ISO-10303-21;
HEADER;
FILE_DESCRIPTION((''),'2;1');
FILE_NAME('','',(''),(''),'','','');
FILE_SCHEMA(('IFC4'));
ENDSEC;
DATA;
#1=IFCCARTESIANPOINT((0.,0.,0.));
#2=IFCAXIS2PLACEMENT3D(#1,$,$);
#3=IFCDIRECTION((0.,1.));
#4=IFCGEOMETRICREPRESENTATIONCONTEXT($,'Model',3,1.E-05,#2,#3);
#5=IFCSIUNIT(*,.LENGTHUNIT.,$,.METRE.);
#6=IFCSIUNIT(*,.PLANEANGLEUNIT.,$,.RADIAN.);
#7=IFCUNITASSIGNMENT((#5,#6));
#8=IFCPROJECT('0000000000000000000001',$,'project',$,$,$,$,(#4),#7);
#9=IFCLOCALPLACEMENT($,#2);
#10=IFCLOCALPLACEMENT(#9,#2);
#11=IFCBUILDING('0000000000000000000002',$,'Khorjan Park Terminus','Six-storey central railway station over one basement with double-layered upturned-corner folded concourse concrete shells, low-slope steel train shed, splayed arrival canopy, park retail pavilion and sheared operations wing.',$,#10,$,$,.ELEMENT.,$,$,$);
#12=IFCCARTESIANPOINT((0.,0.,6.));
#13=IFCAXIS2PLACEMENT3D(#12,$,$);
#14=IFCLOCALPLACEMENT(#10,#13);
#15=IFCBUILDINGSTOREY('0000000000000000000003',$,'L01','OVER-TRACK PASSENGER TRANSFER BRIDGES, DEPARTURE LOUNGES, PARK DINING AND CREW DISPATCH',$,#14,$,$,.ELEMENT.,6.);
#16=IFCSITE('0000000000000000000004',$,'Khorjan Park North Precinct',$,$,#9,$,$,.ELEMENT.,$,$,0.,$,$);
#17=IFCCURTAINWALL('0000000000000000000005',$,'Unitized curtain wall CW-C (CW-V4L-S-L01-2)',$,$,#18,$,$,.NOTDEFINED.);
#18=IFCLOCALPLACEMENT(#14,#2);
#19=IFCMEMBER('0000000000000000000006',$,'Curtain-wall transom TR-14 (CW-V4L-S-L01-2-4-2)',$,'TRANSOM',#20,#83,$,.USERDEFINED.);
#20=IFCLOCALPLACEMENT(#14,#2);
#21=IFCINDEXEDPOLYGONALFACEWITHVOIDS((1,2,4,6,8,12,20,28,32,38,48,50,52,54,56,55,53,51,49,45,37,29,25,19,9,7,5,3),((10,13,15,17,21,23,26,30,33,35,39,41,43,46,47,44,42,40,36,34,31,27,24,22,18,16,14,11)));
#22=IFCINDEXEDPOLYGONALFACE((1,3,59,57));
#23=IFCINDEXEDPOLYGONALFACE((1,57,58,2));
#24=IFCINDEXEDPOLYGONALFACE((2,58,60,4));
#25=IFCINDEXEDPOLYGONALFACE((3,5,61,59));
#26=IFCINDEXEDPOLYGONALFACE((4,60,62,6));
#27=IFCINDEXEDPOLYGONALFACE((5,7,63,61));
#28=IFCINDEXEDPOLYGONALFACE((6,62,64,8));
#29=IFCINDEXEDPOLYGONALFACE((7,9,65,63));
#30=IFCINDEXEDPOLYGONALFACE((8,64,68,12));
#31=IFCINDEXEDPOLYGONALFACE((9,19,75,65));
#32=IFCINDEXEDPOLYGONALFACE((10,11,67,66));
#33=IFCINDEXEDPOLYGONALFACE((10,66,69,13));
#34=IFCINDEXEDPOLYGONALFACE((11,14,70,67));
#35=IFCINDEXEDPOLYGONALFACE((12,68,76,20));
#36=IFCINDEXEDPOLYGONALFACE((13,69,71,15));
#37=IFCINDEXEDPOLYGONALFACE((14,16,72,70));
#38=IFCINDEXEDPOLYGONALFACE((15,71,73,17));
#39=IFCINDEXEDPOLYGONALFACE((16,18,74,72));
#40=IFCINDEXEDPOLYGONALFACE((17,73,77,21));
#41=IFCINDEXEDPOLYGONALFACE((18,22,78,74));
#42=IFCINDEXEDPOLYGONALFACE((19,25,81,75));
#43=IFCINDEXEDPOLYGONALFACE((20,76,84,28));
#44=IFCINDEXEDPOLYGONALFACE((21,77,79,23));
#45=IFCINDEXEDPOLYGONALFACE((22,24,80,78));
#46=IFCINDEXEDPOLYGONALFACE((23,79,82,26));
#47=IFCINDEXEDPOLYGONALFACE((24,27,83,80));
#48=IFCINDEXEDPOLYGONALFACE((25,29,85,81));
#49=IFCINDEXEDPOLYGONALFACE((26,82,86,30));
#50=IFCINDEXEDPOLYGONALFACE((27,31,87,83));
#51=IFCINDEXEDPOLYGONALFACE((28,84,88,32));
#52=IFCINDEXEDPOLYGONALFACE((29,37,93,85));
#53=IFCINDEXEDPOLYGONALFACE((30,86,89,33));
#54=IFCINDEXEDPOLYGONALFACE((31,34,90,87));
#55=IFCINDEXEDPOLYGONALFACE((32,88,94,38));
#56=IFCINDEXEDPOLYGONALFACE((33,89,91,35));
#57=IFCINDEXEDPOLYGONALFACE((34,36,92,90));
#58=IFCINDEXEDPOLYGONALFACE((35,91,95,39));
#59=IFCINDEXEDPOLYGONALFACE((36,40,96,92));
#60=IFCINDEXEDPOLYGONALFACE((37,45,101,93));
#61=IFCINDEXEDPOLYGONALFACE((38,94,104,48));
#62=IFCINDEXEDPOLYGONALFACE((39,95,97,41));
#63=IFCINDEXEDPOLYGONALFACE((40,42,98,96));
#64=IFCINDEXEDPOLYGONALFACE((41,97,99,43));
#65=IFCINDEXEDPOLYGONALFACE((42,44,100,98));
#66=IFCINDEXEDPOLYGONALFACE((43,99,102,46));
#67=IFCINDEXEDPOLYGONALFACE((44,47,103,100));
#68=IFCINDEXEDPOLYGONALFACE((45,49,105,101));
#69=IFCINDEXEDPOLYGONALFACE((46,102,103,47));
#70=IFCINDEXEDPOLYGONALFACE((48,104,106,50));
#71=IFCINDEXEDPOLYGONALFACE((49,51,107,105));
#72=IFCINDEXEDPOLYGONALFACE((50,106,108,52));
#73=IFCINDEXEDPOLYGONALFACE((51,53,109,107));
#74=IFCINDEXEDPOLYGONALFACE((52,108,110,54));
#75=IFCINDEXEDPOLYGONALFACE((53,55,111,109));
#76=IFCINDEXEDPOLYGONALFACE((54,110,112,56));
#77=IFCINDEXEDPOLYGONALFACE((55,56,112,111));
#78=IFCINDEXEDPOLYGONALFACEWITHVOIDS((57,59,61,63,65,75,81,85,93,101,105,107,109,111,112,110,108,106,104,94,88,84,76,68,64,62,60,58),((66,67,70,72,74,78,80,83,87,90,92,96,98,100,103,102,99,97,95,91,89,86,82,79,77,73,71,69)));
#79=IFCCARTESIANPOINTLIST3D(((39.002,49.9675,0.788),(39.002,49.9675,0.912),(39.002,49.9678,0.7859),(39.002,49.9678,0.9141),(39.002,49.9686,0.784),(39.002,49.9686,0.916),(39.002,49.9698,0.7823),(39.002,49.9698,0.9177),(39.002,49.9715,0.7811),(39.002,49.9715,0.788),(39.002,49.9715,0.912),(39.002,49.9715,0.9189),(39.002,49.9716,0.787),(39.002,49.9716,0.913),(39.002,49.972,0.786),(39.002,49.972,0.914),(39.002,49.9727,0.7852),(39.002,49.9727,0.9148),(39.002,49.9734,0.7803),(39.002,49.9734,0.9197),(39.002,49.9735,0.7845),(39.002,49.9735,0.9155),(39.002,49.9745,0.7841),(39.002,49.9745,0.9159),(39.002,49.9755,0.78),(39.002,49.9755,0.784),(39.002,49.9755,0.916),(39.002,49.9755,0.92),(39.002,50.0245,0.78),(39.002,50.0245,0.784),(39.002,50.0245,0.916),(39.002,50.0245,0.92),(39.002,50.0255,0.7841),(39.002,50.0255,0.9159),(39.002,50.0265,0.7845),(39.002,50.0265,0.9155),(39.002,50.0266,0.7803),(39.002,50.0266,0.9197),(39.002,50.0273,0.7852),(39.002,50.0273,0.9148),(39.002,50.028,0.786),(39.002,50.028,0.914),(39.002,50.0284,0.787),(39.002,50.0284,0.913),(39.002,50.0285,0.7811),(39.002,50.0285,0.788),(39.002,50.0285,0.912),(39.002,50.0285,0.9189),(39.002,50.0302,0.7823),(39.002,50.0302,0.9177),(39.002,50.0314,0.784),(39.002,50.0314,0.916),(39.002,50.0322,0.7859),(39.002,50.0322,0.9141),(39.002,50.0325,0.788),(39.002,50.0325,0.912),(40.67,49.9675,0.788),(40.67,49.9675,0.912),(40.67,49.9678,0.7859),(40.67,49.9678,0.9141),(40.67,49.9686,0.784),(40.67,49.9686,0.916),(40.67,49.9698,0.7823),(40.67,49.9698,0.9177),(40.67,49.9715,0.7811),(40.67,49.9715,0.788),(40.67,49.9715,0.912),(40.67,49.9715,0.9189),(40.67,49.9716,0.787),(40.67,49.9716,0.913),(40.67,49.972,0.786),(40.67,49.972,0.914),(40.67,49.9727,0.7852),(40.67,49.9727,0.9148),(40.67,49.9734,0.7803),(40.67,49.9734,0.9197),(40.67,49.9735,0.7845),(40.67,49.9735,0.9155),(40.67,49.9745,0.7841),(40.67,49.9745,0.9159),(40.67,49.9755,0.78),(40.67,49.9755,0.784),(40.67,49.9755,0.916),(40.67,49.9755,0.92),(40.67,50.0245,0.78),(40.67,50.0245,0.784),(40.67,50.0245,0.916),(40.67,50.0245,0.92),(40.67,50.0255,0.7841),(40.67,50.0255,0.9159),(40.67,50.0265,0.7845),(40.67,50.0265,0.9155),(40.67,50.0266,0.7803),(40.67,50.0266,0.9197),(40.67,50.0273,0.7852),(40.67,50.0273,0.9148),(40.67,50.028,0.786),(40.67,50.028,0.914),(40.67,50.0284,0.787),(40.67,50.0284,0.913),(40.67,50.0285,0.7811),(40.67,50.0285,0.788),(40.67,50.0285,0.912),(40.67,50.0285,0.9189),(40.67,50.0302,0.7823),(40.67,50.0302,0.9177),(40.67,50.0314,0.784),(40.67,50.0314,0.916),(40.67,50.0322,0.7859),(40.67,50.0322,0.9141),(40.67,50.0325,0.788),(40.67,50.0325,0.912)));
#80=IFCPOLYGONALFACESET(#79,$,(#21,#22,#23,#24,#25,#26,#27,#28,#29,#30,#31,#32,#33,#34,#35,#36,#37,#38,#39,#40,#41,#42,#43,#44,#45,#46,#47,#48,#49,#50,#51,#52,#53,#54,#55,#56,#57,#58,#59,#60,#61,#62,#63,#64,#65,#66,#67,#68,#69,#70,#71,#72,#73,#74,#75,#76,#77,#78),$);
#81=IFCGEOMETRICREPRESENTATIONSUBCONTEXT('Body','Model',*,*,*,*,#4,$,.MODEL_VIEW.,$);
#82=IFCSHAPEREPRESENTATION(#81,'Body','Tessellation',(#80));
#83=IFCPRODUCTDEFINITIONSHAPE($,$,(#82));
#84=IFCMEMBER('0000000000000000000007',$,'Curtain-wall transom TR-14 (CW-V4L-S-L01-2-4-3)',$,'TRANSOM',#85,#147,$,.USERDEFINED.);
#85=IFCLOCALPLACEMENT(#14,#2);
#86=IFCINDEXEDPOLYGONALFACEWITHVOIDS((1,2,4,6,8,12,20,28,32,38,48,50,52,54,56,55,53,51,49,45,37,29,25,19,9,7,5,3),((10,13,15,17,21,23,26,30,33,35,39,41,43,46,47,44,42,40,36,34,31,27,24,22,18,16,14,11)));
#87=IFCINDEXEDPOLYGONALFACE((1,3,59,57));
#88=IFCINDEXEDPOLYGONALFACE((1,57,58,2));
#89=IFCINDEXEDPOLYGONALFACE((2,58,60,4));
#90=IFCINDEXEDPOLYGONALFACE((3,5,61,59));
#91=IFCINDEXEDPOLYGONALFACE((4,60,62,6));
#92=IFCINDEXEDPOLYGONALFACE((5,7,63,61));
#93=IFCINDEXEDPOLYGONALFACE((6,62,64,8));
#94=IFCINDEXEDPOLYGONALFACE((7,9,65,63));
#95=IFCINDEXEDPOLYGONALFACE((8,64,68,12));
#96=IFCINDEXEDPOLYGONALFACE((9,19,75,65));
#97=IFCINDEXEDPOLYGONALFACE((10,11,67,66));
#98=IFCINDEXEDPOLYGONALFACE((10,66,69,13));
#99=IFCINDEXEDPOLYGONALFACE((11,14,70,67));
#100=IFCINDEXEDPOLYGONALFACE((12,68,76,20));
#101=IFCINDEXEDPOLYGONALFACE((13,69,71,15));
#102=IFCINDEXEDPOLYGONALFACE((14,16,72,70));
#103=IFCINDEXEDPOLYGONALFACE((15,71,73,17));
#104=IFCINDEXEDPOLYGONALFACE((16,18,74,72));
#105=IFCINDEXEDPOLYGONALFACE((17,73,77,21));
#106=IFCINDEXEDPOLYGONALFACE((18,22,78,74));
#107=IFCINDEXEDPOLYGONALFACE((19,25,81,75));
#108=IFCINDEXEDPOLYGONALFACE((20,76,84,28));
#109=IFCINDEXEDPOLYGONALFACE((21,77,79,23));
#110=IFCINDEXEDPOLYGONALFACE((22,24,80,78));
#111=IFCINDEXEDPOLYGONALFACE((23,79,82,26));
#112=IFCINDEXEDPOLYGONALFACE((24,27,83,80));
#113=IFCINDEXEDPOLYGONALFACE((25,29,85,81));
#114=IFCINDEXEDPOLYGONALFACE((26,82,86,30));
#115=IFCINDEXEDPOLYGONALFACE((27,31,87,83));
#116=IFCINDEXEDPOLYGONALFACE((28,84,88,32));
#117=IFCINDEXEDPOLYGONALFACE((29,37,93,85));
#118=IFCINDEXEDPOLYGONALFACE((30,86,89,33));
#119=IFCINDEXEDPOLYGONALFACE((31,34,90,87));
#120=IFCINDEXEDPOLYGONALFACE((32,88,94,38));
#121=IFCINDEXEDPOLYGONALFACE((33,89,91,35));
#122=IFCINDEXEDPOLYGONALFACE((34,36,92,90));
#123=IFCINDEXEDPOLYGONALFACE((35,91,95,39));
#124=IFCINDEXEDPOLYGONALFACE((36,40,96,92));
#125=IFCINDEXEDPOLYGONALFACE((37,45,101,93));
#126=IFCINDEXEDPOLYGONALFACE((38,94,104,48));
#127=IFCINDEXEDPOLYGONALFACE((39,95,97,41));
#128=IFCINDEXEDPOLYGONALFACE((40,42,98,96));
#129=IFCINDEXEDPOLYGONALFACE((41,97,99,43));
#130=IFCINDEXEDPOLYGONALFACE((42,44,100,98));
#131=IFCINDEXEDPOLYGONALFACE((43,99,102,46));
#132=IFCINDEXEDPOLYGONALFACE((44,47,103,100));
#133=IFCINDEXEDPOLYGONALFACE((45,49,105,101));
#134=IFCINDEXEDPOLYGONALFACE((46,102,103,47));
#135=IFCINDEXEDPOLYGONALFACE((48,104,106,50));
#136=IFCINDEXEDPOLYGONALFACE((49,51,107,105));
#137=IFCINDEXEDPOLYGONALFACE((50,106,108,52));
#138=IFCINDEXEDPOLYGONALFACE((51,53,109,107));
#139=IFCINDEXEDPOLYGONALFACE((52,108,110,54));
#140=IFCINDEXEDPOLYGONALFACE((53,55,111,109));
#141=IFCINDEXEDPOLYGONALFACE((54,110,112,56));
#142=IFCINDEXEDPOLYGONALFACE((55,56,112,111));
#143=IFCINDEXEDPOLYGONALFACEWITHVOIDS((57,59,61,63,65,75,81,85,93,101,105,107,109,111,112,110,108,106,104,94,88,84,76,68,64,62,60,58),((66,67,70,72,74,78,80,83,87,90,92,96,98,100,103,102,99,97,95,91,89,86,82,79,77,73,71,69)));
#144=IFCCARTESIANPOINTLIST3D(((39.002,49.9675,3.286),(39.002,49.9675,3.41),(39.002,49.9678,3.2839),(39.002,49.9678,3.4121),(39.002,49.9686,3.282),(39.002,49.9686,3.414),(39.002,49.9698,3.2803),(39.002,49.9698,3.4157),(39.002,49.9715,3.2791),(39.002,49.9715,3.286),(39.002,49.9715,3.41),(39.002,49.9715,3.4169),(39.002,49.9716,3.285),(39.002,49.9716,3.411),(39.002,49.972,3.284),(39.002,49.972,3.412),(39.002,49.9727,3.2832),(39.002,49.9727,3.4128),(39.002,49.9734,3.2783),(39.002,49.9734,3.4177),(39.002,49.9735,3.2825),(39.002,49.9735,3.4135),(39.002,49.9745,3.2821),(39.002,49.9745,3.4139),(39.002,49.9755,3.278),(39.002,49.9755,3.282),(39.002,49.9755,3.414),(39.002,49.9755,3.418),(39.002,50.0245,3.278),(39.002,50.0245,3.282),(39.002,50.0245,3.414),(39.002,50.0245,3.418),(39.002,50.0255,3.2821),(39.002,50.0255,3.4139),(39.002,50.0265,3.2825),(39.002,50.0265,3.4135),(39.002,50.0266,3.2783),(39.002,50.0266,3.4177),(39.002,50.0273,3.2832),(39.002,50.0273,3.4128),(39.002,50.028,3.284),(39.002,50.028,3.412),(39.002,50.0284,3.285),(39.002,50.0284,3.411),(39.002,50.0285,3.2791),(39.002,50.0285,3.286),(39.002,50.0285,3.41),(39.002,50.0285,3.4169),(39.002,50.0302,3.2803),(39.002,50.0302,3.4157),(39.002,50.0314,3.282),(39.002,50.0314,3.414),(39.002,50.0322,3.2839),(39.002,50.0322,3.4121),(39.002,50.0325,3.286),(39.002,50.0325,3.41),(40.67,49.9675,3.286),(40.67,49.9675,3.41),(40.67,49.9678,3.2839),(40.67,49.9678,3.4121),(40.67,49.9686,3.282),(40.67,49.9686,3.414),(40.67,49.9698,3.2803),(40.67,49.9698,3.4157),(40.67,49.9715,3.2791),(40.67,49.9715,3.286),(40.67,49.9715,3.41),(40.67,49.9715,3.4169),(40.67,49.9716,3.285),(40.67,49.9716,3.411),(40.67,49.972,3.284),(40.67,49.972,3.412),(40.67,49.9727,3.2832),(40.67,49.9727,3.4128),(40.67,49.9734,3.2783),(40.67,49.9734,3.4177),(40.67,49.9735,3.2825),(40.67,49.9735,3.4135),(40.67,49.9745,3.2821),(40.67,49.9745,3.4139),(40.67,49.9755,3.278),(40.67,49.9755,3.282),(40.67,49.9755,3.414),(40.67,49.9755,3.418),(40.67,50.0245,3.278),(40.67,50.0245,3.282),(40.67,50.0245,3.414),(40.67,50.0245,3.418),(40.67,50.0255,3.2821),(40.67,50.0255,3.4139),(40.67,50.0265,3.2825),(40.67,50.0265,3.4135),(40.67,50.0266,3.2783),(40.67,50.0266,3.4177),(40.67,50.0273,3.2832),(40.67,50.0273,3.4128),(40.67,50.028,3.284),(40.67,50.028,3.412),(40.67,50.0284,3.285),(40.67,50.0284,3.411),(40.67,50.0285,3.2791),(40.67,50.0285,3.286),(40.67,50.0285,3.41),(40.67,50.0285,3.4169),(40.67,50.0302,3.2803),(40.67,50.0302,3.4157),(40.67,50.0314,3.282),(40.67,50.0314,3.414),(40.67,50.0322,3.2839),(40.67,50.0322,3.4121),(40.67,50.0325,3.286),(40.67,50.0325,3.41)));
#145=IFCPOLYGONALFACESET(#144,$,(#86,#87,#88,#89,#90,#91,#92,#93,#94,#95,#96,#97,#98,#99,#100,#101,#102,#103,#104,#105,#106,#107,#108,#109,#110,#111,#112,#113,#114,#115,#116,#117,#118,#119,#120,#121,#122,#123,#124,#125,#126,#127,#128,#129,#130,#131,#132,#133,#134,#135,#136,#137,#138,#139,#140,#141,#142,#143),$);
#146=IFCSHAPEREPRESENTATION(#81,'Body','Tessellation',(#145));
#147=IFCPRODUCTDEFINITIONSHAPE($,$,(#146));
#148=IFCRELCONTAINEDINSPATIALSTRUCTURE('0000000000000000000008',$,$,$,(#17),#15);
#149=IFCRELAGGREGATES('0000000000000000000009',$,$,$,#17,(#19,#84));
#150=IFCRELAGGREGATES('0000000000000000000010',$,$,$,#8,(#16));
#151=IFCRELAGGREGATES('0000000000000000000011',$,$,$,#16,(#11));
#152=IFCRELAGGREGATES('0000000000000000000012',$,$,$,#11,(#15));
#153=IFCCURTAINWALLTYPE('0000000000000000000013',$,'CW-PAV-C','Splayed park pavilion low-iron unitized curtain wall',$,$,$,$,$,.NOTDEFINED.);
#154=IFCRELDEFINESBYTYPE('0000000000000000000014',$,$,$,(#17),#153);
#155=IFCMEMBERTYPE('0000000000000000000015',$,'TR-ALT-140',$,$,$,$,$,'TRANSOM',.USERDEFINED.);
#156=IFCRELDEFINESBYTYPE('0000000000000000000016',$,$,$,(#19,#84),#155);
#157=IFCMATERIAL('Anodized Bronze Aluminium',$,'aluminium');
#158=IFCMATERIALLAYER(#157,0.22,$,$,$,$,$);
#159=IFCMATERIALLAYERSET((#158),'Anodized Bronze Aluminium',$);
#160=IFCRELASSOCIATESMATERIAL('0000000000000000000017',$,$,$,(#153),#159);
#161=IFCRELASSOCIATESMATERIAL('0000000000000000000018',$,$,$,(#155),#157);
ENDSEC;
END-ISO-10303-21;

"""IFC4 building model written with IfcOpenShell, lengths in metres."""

from ifc_helpers import new_model, si_unit, direction, frame, origin, origin_2d, place, context, subcontext, project, spatial, hollow_rectangle, extrude, material, layer, layer_set, material_profile, profile_set, type_object, element, aggregate, save


model = new_model("IFC4")

# Units and contexts
model_context = context("Model", 3, precision=1e-05, world=origin(), true_north=direction((0.0, 1.0)))
body_context = subcontext(model_context, "Body", "Model", "MODEL_VIEW")
ifc_project = project(units=[si_unit("LENGTHUNIT", "METRE"), si_unit("PLANEANGLEUNIT", "RADIAN")], contexts=[model_context])

# Site, building, storey
site_placement = place(None, origin())
site = spatial("IfcSite", under=ifc_project, at=site_placement, Name="Khorjan Park North Precinct", CompositionType="ELEMENT", RefElevation=0.0)
building_placement = place(site_placement, origin())
building = spatial("IfcBuilding", under=site, at=building_placement, Name="Khorjan Park Terminus", Description="Six-storey central railway station over one basement with double-layered upturned-corner folded concourse concrete shells, low-slope steel train shed, splayed arrival canopy, park retail pavilion and sheared operations wing.", CompositionType="ELEMENT")
storey_placement = place(building_placement, frame((0.0, 0.0, 6.0)))
storey = spatial("IfcBuildingStorey", under=building, at=storey_placement, Name="L01", Description="OVER-TRACK PASSENGER TRANSFER BRIDGES, DEPARTURE LOUNGES, PARK DINING AND CREW DISPATCH", CompositionType="ELEMENT", Elevation=6.0)

# Curtain wall
ifc_material_1 = material(Name="Anodized Bronze Aluminium", Category="aluminium")
ifc_layer_1 = layer(ifc_material_1, 0.22)
ifc_layer_set_1 = layer_set([ifc_layer_1], Name="Anodized Bronze Aluminium")
curtain_wall_type = type_object("IfcCurtainWallType", Name="CW-PAV-C", Description="Splayed park pavilion low-iron unitized curtain wall", PredefinedType="NOTDEFINED", material=ifc_layer_set_1)
curtain_wall_1_placement = place(storey_placement, origin())
curtain_wall_1 = element("IfcCurtainWall", 1, at=curtain_wall_1_placement, inside=storey, type_object=curtain_wall_type, Name="Unitized curtain wall CW-C (CW-V4L-S-L01-2)", PredefinedType="NOTDEFINED")

# Members
ifc_material_profile_1 = material_profile(ifc_material_1, hollow_rectangle(XDim=0.065, YDim=0.14, WallThickness=0.004, InnerFilletRadius=0.004, OuterFilletRadius=0.008, at=origin_2d()), Name="ALT 65x140x4")
ifc_profile_set_1 = profile_set([ifc_material_profile_1], Name="Anodized Bronze Aluminium")
member_type_1 = type_object("IfcMemberType", Name="TR-ALT-140", ElementType="TRANSOM", PredefinedType="USERDEFINED", material=ifc_profile_set_1)
member_1_placement = place(storey_placement, frame((39.002, 50.0, 0.85), z_axis=(1.0, 0.0, 0.0), x_axis=(0.0, 1.0, 0.0)))
member_1 = element("IfcMember", 2, at=member_1_placement, type_object=member_type_1, Name="Curtain-wall transom TR-14 (CW-V4L-S-L01-2-4-2)", ObjectType="TRANSOM", PredefinedType="USERDEFINED", context=body_context, shape_type="SweptSolid", body=[
    extrude(hollow_rectangle(XDim=0.065, YDim=0.14, WallThickness=0.004, InnerFilletRadius=0.004, OuterFilletRadius=0.008, at=origin_2d()), origin(), (0.0, 0.0, 1.0), 1.668),
])
member_2_placement = place(storey_placement, frame((39.002, 50.0, 3.348), z_axis=(1.0, 0.0, 0.0), x_axis=(0.0, 1.0, 0.0)))
member_2 = element("IfcMember", 3, at=member_2_placement, type_object=member_type_1, Name="Curtain-wall transom TR-14 (CW-V4L-S-L01-2-4-3)", ObjectType="TRANSOM", PredefinedType="USERDEFINED", context=body_context, shape_type="SweptSolid", body=[
    extrude(hollow_rectangle(XDim=0.065, YDim=0.14, WallThickness=0.004, InnerFilletRadius=0.004, OuterFilletRadius=0.008, at=origin_2d()), origin(), (0.0, 0.0, 1.0), 1.668),
])

aggregate(curtain_wall_1, [member_1, member_2])

save(model, "model.ifc")
